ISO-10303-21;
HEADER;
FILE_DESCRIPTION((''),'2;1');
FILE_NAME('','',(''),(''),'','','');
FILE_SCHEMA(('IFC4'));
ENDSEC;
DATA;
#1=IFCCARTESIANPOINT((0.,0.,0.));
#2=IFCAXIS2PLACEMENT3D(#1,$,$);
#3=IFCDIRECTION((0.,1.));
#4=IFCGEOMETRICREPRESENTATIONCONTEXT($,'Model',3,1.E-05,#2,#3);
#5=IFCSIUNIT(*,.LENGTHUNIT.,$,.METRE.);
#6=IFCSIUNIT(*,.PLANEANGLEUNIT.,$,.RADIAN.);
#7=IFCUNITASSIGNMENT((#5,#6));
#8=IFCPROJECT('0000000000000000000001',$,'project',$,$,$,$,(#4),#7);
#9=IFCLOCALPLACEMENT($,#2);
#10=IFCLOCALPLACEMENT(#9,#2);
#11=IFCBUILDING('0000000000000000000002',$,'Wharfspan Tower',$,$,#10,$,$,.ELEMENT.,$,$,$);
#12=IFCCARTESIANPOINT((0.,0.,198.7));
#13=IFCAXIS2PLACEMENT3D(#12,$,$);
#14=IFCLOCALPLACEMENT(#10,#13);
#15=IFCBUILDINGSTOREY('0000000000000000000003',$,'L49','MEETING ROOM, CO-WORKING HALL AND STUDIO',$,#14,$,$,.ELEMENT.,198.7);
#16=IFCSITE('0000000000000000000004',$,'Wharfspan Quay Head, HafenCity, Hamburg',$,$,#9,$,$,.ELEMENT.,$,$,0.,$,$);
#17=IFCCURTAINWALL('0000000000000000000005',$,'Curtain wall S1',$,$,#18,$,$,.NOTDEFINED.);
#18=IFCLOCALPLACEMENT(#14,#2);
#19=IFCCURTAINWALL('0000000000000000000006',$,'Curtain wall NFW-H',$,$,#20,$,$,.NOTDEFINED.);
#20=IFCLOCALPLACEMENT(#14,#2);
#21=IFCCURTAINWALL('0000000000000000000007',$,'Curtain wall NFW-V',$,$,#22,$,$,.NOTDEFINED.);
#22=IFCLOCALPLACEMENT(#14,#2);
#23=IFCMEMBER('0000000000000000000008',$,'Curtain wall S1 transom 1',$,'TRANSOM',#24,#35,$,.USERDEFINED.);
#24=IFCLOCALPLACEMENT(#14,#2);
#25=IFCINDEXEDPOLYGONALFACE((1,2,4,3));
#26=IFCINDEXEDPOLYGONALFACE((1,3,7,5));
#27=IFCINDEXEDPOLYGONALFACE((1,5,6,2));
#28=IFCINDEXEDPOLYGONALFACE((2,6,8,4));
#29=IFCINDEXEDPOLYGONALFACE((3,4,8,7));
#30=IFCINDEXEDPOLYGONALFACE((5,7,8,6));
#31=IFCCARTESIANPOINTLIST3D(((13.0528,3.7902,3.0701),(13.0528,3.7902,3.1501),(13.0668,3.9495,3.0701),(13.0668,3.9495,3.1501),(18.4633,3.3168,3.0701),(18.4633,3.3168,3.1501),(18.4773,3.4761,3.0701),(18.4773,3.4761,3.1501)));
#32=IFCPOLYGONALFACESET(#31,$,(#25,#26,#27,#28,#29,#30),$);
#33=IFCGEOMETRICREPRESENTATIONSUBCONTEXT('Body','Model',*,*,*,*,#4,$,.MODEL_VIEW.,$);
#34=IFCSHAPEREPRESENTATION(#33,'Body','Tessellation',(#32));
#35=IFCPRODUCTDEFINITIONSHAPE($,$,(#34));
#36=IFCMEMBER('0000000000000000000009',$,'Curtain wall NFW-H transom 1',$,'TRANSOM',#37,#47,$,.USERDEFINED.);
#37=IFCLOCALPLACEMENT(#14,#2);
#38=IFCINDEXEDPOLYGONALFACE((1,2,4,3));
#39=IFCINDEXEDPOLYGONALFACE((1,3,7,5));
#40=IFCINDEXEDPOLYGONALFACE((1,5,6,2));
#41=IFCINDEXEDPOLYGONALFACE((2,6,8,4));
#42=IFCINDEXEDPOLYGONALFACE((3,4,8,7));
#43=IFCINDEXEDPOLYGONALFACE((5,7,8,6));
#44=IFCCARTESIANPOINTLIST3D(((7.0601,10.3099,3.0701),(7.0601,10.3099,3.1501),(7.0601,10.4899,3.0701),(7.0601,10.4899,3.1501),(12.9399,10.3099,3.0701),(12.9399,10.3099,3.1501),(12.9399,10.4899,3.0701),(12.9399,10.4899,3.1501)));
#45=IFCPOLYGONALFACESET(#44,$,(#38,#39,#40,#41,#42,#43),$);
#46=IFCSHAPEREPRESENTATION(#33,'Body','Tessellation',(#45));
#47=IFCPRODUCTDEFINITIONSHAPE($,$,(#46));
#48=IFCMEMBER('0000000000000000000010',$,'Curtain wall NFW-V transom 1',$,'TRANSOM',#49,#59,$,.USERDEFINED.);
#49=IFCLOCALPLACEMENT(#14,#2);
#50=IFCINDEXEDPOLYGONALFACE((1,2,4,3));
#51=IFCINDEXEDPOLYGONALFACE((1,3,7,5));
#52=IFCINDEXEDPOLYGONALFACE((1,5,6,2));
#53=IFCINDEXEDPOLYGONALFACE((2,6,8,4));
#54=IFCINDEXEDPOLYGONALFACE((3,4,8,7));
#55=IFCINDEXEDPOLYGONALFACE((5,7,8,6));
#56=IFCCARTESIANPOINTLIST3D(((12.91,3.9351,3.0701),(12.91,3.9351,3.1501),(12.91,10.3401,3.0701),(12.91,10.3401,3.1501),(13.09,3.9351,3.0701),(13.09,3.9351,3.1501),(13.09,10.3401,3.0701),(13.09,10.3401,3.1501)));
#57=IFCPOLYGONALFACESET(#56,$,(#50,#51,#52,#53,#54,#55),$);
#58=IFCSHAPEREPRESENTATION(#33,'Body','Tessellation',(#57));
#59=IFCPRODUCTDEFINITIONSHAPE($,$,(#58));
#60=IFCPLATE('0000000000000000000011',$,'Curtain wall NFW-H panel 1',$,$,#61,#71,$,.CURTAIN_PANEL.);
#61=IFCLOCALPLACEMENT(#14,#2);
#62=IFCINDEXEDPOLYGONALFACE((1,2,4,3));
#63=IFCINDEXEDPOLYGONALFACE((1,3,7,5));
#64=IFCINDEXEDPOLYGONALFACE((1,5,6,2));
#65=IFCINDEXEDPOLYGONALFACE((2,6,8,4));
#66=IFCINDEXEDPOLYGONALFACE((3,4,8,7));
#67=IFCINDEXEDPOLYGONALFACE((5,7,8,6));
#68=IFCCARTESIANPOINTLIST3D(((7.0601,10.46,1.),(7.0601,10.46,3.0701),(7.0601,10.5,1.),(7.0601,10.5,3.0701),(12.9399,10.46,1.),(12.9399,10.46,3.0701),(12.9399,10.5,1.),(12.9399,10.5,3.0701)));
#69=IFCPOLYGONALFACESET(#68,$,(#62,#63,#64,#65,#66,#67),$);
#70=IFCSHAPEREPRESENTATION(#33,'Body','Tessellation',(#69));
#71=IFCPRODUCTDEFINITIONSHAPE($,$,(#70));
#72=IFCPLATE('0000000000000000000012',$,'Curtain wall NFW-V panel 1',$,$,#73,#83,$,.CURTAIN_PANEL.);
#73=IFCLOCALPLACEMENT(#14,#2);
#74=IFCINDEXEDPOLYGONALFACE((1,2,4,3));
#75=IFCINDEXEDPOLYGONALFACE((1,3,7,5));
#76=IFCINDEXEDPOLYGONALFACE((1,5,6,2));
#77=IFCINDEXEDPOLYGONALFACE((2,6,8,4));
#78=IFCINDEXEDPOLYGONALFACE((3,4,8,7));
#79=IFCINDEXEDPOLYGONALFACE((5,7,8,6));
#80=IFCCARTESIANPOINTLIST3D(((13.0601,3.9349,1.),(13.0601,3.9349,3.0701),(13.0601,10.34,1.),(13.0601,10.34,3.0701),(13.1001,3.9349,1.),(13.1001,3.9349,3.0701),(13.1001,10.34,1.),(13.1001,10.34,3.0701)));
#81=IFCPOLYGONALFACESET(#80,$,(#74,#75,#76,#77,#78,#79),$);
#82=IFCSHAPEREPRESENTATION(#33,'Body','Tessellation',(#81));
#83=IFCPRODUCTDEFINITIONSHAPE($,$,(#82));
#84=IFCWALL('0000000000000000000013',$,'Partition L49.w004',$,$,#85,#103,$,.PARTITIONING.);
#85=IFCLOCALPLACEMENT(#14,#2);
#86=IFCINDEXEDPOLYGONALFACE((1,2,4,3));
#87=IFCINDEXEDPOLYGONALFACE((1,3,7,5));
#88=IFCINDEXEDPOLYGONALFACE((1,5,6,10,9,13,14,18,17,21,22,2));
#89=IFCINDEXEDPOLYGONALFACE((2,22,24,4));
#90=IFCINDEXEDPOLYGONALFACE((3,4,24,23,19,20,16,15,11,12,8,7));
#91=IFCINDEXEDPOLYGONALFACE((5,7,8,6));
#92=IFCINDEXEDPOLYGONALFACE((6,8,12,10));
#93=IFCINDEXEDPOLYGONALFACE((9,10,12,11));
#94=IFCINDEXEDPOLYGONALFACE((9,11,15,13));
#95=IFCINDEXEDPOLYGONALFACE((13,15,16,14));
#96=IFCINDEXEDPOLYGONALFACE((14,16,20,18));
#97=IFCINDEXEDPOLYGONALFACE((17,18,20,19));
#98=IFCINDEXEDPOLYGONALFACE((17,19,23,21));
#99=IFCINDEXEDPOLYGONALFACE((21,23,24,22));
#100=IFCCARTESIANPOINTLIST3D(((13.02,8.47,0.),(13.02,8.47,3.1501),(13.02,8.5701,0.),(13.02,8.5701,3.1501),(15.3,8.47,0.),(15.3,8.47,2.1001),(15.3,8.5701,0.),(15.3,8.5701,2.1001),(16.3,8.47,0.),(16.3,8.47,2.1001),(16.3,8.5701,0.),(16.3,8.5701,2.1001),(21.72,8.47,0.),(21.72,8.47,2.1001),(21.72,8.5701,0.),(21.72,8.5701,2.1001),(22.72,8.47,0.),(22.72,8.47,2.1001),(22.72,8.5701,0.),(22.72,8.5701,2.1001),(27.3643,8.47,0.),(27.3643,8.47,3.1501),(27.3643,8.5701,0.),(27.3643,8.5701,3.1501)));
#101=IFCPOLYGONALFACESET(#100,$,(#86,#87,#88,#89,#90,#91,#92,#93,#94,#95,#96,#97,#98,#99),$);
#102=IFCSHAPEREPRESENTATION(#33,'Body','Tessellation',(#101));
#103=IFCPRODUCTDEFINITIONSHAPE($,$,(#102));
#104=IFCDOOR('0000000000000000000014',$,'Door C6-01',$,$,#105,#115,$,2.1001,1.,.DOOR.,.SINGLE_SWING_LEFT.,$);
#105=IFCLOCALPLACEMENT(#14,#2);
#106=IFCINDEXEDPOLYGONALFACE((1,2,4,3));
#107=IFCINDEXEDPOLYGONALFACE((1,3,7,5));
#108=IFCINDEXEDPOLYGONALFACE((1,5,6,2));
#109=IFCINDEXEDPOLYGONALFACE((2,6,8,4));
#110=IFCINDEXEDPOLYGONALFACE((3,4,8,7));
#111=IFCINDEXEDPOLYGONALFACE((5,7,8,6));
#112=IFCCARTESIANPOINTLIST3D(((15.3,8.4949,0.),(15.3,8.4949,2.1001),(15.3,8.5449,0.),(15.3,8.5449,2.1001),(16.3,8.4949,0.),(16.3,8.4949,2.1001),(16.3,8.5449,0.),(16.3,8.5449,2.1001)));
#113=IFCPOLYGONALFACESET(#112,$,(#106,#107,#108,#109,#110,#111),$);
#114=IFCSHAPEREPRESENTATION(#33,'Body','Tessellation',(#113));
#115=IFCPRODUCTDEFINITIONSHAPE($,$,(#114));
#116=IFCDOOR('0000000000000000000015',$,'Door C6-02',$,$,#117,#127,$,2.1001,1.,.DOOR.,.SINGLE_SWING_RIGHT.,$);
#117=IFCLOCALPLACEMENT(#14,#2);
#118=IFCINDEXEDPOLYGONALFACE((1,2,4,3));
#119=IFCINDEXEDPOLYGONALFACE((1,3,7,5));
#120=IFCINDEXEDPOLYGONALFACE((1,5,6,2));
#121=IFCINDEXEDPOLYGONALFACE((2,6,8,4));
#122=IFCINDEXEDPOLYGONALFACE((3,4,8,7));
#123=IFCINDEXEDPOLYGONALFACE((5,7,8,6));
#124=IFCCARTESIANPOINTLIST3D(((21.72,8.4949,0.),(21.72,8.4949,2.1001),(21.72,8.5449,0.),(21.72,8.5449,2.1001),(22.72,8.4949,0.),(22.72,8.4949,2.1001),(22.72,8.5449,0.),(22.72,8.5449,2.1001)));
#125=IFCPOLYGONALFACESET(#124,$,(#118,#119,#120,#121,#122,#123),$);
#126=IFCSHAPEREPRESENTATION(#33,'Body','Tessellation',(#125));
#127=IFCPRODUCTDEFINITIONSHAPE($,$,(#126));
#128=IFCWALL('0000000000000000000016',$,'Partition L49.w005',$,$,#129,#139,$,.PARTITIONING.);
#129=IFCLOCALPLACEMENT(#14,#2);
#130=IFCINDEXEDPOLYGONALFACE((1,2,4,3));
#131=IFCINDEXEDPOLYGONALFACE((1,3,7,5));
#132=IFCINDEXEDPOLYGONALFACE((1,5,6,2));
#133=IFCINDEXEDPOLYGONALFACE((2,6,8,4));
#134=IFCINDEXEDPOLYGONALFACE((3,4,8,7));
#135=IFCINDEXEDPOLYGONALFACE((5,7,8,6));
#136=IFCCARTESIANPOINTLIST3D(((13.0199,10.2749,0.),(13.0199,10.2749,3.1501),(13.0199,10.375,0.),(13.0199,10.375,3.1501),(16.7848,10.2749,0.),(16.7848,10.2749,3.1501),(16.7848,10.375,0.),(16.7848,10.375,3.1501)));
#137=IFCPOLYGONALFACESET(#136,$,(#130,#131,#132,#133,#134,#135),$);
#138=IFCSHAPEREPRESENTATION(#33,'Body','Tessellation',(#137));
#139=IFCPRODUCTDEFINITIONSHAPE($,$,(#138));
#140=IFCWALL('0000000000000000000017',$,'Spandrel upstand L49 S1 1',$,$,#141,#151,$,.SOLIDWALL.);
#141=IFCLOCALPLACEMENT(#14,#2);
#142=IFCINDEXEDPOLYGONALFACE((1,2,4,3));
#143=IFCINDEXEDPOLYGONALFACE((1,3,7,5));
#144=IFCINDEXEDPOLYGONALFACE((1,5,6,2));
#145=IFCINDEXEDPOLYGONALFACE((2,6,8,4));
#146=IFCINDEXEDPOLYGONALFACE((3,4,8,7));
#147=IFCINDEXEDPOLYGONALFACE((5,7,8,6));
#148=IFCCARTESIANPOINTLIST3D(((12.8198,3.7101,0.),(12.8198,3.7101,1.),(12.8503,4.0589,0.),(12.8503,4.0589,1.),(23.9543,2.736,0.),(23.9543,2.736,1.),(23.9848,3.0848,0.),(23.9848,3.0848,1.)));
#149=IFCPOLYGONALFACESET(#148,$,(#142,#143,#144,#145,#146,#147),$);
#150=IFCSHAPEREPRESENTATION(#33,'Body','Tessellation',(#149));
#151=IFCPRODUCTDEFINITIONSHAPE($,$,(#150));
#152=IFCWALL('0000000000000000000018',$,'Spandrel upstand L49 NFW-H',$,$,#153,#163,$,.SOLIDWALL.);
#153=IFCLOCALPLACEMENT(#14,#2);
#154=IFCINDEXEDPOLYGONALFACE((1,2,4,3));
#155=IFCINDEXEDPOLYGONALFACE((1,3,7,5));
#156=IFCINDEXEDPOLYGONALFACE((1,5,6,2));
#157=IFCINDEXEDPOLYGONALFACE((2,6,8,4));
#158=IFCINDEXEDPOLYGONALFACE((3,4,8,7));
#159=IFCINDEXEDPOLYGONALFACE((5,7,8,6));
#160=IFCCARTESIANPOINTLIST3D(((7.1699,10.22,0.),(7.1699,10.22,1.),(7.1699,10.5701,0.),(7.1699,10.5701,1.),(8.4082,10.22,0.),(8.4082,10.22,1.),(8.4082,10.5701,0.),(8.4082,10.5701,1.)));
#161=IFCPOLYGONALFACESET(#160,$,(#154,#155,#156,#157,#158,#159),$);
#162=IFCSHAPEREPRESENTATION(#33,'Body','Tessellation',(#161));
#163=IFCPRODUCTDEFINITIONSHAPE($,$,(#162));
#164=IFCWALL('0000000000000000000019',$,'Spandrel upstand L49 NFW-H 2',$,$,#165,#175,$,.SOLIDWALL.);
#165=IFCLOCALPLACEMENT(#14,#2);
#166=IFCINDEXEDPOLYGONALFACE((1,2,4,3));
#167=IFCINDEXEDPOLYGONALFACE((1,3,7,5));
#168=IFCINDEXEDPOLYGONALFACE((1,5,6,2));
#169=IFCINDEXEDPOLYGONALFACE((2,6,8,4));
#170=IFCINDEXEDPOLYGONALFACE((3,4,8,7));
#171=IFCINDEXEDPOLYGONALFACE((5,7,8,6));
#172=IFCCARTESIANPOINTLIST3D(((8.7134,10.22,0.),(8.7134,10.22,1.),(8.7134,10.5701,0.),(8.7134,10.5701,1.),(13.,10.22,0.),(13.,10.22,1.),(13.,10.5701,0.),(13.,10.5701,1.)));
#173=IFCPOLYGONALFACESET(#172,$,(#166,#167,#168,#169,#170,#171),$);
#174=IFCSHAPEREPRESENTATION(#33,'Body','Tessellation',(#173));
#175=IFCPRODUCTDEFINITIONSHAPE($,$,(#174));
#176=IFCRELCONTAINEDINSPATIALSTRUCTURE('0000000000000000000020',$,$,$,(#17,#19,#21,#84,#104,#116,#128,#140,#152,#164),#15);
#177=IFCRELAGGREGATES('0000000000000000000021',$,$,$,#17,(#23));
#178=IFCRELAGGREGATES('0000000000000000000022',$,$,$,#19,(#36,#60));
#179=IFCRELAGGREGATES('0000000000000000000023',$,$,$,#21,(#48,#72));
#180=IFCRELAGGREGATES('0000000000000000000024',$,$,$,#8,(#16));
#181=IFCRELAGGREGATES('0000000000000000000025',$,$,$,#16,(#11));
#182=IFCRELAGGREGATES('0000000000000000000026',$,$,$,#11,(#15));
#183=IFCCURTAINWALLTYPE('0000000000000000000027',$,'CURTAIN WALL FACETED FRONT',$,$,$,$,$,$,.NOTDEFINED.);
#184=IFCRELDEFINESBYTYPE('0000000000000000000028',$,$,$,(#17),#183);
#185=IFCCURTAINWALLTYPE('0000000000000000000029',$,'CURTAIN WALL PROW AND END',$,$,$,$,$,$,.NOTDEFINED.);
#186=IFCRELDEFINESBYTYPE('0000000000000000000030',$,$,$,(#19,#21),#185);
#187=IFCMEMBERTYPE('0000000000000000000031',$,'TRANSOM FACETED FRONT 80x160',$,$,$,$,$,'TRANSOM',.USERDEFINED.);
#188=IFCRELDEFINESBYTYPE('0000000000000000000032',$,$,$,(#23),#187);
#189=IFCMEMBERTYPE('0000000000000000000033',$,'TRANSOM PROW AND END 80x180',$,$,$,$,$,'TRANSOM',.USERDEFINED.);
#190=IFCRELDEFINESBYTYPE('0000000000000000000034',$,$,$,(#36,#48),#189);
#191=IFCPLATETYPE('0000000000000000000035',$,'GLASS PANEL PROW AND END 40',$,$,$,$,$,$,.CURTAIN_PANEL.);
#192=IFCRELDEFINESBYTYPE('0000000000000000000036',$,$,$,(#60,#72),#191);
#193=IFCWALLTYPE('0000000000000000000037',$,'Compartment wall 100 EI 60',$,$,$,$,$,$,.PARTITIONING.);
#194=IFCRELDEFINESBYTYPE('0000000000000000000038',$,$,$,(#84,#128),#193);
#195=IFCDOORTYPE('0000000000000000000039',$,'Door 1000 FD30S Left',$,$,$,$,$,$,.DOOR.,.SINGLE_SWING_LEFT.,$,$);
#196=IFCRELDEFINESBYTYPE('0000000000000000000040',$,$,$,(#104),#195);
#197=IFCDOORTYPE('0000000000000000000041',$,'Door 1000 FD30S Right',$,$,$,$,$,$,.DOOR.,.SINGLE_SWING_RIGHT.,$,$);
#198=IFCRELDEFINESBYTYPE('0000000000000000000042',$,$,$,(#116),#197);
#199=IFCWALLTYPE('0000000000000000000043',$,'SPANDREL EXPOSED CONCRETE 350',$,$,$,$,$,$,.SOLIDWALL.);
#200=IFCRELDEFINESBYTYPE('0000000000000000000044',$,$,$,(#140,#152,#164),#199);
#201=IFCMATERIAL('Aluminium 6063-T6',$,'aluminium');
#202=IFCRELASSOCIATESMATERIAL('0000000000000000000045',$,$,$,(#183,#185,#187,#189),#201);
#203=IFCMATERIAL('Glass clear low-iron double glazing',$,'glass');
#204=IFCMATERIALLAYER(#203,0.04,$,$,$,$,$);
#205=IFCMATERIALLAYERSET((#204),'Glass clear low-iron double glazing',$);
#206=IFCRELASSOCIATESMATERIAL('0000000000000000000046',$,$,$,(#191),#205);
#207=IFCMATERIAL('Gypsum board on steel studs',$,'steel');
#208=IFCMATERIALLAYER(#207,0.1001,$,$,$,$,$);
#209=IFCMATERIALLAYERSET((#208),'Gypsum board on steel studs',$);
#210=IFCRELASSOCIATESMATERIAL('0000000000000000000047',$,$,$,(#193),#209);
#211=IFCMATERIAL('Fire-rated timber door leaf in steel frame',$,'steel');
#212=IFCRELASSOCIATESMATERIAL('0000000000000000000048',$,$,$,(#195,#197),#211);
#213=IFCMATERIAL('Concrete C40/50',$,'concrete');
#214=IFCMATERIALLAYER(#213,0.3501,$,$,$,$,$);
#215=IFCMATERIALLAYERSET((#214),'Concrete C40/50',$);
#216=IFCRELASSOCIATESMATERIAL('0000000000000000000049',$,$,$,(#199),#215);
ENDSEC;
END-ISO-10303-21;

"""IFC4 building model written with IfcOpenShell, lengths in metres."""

from ifc_helpers import new_model, si_unit, direction, frame, frame_2d, origin, origin_2d, place, context, subcontext, project, spatial, rectangle, extrude, material, layer, layer_set, material_profile, profile_set, type_object, element, fill, aggregate, save


model = new_model("IFC4")

# Units and contexts
model_context = context("Model", 3, precision=1e-05, world=origin(), true_north=direction((0.0, 1.0)))
body_context = subcontext(model_context, "Body", "Model", "MODEL_VIEW")
ifc_project = project(units=[si_unit("LENGTHUNIT", "METRE"), si_unit("PLANEANGLEUNIT", "RADIAN")], contexts=[model_context])

# Site, building, storey
site_placement = place(None, origin())
site = spatial("IfcSite", under=ifc_project, at=site_placement, Name="Wharfspan Quay Head, HafenCity, Hamburg", CompositionType="ELEMENT", RefElevation=0.0)
building_placement = place(site_placement, origin())
building = spatial("IfcBuilding", under=site, at=building_placement, Name="Wharfspan Tower", CompositionType="ELEMENT")
storey_placement = place(building_placement, frame((0.0, 0.0, 198.7)))
storey = spatial("IfcBuildingStorey", under=building, at=storey_placement, Name="L49", Description="MEETING ROOM, CO-WORKING HALL AND STUDIO", CompositionType="ELEMENT", Elevation=198.7)

# Curtain wall
ifc_material_1 = material(Name="Aluminium 6063-T6", Category="aluminium")
curtain_wall_type_1 = type_object("IfcCurtainWallType", Name="CURTAIN WALL FACETED FRONT", PredefinedType="NOTDEFINED", material=ifc_material_1)
curtain_wall_1_placement = place(storey_placement, origin())
curtain_wall_1 = element("IfcCurtainWall", 1, at=curtain_wall_1_placement, inside=storey, type_object=curtain_wall_type_1, Name="Curtain wall S1", PredefinedType="NOTDEFINED")
curtain_wall_type_2 = type_object("IfcCurtainWallType", Name="CURTAIN WALL PROW AND END", PredefinedType="NOTDEFINED", material=ifc_material_1)

# Curtain walls
curtain_wall_2_placement = place(storey_placement, origin())
curtain_wall_2 = element("IfcCurtainWall", 2, at=curtain_wall_2_placement, inside=storey, type_object=curtain_wall_type_2, Name="Curtain wall NFW-H", PredefinedType="NOTDEFINED")
curtain_wall_3_placement = place(storey_placement, origin())
curtain_wall_3 = element("IfcCurtainWall", 3, at=curtain_wall_3_placement, inside=storey, type_object=curtain_wall_type_2, Name="Curtain wall NFW-V", PredefinedType="NOTDEFINED")

# Members
ifc_material_profile_1 = material_profile(ifc_material_1, rectangle(XDim=0.1599, YDim=0.0801, at=origin_2d()))
ifc_profile_set_1 = profile_set([ifc_material_profile_1], Name="Aluminium 6063-T6")
member_type_1 = type_object("IfcMemberType", Name="TRANSOM FACETED FRONT 80x160", ElementType="TRANSOM", PredefinedType="USERDEFINED", material=ifc_profile_set_1)
member_1_placement = place(storey_placement, frame((13.0598, 3.8699, 3.1101), z_axis=(0.996194, -0.087163, 0.0), x_axis=(0.087163, 0.996194, 0.0)))
member_1 = element("IfcMember", 4, at=member_1_placement, type_object=member_type_1, Name="Curtain wall S1 transom 1", ObjectType="TRANSOM", PredefinedType="USERDEFINED", context=body_context, shape_type="SweptSolid", body=[
    extrude(rectangle(XDim=0.1599, YDim=0.0801, at=origin_2d()), origin(), (0.0, 0.0, 1.0), 5.4312),
])
aggregate(curtain_wall_1, [member_1])
ifc_material_profile_2 = material_profile(ifc_material_1, rectangle(XDim=0.1799, YDim=0.0801, at=origin_2d()))
ifc_profile_set_2 = profile_set([ifc_material_profile_2], Name="Aluminium 6063-T6")
member_type_2 = type_object("IfcMemberType", Name="TRANSOM PROW AND END 80x180", ElementType="TRANSOM", PredefinedType="USERDEFINED", material=ifc_profile_set_2)
member_2_placement = place(storey_placement, frame((7.0601, 10.3999, 3.1101), z_axis=(1.0, 0.0, 0.0), x_axis=(0.0, 1.0, 0.0)))
member_2 = element("IfcMember", 5, at=member_2_placement, type_object=member_type_2, Name="Curtain wall NFW-H transom 1", ObjectType="TRANSOM", PredefinedType="USERDEFINED", context=body_context, shape_type="SweptSolid", body=[
    extrude(rectangle(XDim=0.1799, YDim=0.0801, at=origin_2d()), origin(), (0.0, 0.0, 1.0), 5.8799),
])
member_3_placement = place(storey_placement, frame((13.0, 10.3401, 3.1101), z_axis=(0.0, -1.0, 0.0), x_axis=(1.0, 0.0, 0.0)))
member_3 = element("IfcMember", 6, at=member_3_placement, type_object=member_type_2, Name="Curtain wall NFW-V transom 1", ObjectType="TRANSOM", PredefinedType="USERDEFINED", context=body_context, shape_type="SweptSolid", body=[
    extrude(rectangle(XDim=0.1799, YDim=0.0801, at=origin_2d()), origin(), (0.0, 0.0, 1.0), 6.405),
])

# Plates
ifc_material_2 = material(Name="Glass clear low-iron double glazing", Category="glass")
ifc_layer_1 = layer(ifc_material_2, 0.04)
ifc_layer_set_1 = layer_set([ifc_layer_1], Name="Glass clear low-iron double glazing")
plate_type = type_object("IfcPlateType", Name="GLASS PANEL PROW AND END 40", PredefinedType="CURTAIN_PANEL", material=ifc_layer_set_1)
plate_1_placement = place(storey_placement, frame((10.0, 10.48, 1.0), z_axis=(0.0, 0.0, 1.0), x_axis=(1.0, 0.0, 0.0)))
plate_1 = element("IfcPlate", 7, at=plate_1_placement, type_object=plate_type, Name="Curtain wall NFW-H panel 1", PredefinedType="CURTAIN_PANEL", context=body_context, shape_type="SweptSolid", body=[
    extrude(rectangle(XDim=5.8799, YDim=0.04, at=origin_2d()), origin(), (0.0, 0.0, 1.0), 2.0701),
])
aggregate(curtain_wall_2, [member_2, plate_1])
plate_2_placement = place(storey_placement, frame((13.0801, 7.1375, 1.0), z_axis=(0.0, 0.0, 1.0), x_axis=(0.0, -1.0, 0.0)))
plate_2 = element("IfcPlate", 8, at=plate_2_placement, type_object=plate_type, Name="Curtain wall NFW-V panel 1", PredefinedType="CURTAIN_PANEL", context=body_context, shape_type="SweptSolid", body=[
    extrude(rectangle(XDim=6.405, YDim=0.04, at=origin_2d()), origin(), (0.0, 0.0, 1.0), 2.0701),
])
aggregate(curtain_wall_3, [member_3, plate_2])

# Wall, openings, doors
ifc_material_3 = material(Name="Gypsum board on steel studs", Category="steel")
ifc_layer_2 = layer(ifc_material_3, 0.1001)
ifc_layer_set_2 = layer_set([ifc_layer_2], Name="Gypsum board on steel studs")
wall_type_1 = type_object("IfcWallType", Name="Compartment wall 100 EI 60", PredefinedType="PARTITIONING", material=ifc_layer_set_2)
wall_1_placement = place(storey_placement, frame((13.02, 8.52, 0.0), z_axis=(0.0, 0.0, 1.0), x_axis=(1.0, 0.0, 0.0)))
wall_1 = element("IfcWall", 9, at=wall_1_placement, inside=storey, type_object=wall_type_1, Name="Partition L49.w004", PredefinedType="PARTITIONING", context=body_context, shape_type="SweptSolid", body=[
    extrude(rectangle(XDim=14.3442, YDim=0.1001, at=frame_2d((7.1721, 0.0))), origin(), (0.0, 0.0, 1.0), 3.1501),
])
opening_1_placement = place(wall_1_placement, frame((2.28, 0.0, 0.0)))
opening_1 = element("IfcOpeningElement", 10, at=opening_1_placement, cuts=wall_1, PredefinedType="OPENING", context=body_context, shape_type="SweptSolid", body=[
    extrude(rectangle(XDim=1.0, YDim=2.1001, at=frame_2d((0.5, 1.05))), frame((0.0, 0.0601, 0.0), z_axis=(0.0, -1.0, 0.0), x_axis=(1.0, 0.0, 0.0)), (0.0, 0.0, 1.0), 0.1201),
])
opening_2_placement = place(wall_1_placement, frame((8.7, 0.0, 0.0)))
opening_2 = element("IfcOpeningElement", 11, at=opening_2_placement, cuts=wall_1, PredefinedType="OPENING", context=body_context, shape_type="SweptSolid", body=[
    extrude(rectangle(XDim=1.0, YDim=2.1001, at=frame_2d((0.5, 1.05))), frame((0.0, 0.0601, 0.0), z_axis=(0.0, -1.0, 0.0), x_axis=(1.0, 0.0, 0.0)), (0.0, 0.0, 1.0), 0.1201),
])
ifc_material_4 = material(Name="Fire-rated timber door leaf in steel frame", Category="steel")
door_type_1 = type_object("IfcDoorType", Name="Door 1000 FD30S Left", OperationType="SINGLE_SWING_LEFT", PredefinedType="DOOR", material=ifc_material_4)
door_1_placement = place(opening_1_placement, origin())
door_1 = element("IfcDoor", 12, at=door_1_placement, inside=storey, type_object=door_type_1, Name="Door C6-01", OperationType="SINGLE_SWING_LEFT", OverallHeight=2.1001, OverallWidth=1.0, PredefinedType="DOOR", context=body_context, shape_type="SweptSolid", body=[
    extrude(rectangle(XDim=1.0, YDim=2.1001, at=frame_2d((0.5, 1.05))), frame((0.0, 0.0249, 0.0), z_axis=(0.0, -1.0, 0.0), x_axis=(1.0, 0.0, 0.0)), (0.0, 0.0, 1.0), 0.05),
])
fill(opening_1, door_1)
door_type_2 = type_object("IfcDoorType", Name="Door 1000 FD30S Right", OperationType="SINGLE_SWING_RIGHT", PredefinedType="DOOR", material=ifc_material_4)
door_2_placement = place(opening_2_placement, origin())
door_2 = element("IfcDoor", 13, at=door_2_placement, inside=storey, type_object=door_type_2, Name="Door C6-02", OperationType="SINGLE_SWING_RIGHT", OverallHeight=2.1001, OverallWidth=1.0, PredefinedType="DOOR", context=body_context, shape_type="SweptSolid", body=[
    extrude(rectangle(XDim=1.0, YDim=2.1001, at=frame_2d((0.5, 1.05))), frame((0.0, 0.0249, 0.0), z_axis=(0.0, -1.0, 0.0), x_axis=(1.0, 0.0, 0.0)), (0.0, 0.0, 1.0), 0.05),
])
fill(opening_2, door_2)

# Walls
wall_2_placement = place(storey_placement, frame((13.02, 10.325, 0.0), z_axis=(0.0, 0.0, 1.0), x_axis=(1.0, 0.0, 0.0)))
element("IfcWall", 14, at=wall_2_placement, inside=storey, type_object=wall_type_1, Name="Partition L49.w005", PredefinedType="PARTITIONING", context=body_context, shape_type="SweptSolid", body=[
    extrude(rectangle(XDim=3.7649, YDim=0.1001, at=frame_2d((1.8823, 0.0))), origin(), (0.0, 0.0, 1.0), 3.1501),
])
ifc_material_5 = material(Name="Concrete C40/50", Category="concrete")
ifc_layer_3 = layer(ifc_material_5, 0.3501)
ifc_layer_set_3 = layer_set([ifc_layer_3], Name="Concrete C40/50")
wall_type_2 = type_object("IfcWallType", Name="SPANDREL EXPOSED CONCRETE 350", PredefinedType="SOLIDWALL", material=ifc_layer_set_3)
wall_3_placement = place(storey_placement, frame((12.8352, 3.8845, 0.0), z_axis=(0.0, 0.0, 1.0), x_axis=(0.996199, -0.087154, 0.0)))
element("IfcWall", 15, at=wall_3_placement, inside=storey, type_object=wall_type_2, Name="Spandrel upstand L49 S1 1", PredefinedType="SOLIDWALL", context=body_context, shape_type="SweptSolid", body=[
    extrude(rectangle(XDim=11.177, YDim=0.3501, at=frame_2d((5.5884, 0.0))), origin(), (0.0, 0.0, 1.0), 1.0),
])
wall_4_placement = place(storey_placement, frame((7.1699, 10.395, 0.0), z_axis=(0.0, 0.0, 1.0), x_axis=(1.0, 0.0, 0.0)))
element("IfcWall", 16, at=wall_4_placement, inside=storey, type_object=wall_type_2, Name="Spandrel upstand L49 NFW-H", PredefinedType="SOLIDWALL", context=body_context, shape_type="SweptSolid", body=[
    extrude(rectangle(XDim=1.2383, YDim=0.3501, at=frame_2d((0.6191, 0.0))), origin(), (0.0, 0.0, 1.0), 1.0),
])
wall_5_placement = place(storey_placement, frame((8.7134, 10.395, 0.0), z_axis=(0.0, 0.0, 1.0), x_axis=(1.0, 0.0, 0.0)))
element("IfcWall", 17, at=wall_5_placement, inside=storey, type_object=wall_type_2, Name="Spandrel upstand L49 NFW-H 2", PredefinedType="SOLIDWALL", context=body_context, shape_type="SweptSolid", body=[
    extrude(rectangle(XDim=4.2866, YDim=0.3501, at=frame_2d((2.1433, 0.0))), origin(), (0.0, 0.0, 1.0), 1.0),
])

save(model, "model.ifc")
